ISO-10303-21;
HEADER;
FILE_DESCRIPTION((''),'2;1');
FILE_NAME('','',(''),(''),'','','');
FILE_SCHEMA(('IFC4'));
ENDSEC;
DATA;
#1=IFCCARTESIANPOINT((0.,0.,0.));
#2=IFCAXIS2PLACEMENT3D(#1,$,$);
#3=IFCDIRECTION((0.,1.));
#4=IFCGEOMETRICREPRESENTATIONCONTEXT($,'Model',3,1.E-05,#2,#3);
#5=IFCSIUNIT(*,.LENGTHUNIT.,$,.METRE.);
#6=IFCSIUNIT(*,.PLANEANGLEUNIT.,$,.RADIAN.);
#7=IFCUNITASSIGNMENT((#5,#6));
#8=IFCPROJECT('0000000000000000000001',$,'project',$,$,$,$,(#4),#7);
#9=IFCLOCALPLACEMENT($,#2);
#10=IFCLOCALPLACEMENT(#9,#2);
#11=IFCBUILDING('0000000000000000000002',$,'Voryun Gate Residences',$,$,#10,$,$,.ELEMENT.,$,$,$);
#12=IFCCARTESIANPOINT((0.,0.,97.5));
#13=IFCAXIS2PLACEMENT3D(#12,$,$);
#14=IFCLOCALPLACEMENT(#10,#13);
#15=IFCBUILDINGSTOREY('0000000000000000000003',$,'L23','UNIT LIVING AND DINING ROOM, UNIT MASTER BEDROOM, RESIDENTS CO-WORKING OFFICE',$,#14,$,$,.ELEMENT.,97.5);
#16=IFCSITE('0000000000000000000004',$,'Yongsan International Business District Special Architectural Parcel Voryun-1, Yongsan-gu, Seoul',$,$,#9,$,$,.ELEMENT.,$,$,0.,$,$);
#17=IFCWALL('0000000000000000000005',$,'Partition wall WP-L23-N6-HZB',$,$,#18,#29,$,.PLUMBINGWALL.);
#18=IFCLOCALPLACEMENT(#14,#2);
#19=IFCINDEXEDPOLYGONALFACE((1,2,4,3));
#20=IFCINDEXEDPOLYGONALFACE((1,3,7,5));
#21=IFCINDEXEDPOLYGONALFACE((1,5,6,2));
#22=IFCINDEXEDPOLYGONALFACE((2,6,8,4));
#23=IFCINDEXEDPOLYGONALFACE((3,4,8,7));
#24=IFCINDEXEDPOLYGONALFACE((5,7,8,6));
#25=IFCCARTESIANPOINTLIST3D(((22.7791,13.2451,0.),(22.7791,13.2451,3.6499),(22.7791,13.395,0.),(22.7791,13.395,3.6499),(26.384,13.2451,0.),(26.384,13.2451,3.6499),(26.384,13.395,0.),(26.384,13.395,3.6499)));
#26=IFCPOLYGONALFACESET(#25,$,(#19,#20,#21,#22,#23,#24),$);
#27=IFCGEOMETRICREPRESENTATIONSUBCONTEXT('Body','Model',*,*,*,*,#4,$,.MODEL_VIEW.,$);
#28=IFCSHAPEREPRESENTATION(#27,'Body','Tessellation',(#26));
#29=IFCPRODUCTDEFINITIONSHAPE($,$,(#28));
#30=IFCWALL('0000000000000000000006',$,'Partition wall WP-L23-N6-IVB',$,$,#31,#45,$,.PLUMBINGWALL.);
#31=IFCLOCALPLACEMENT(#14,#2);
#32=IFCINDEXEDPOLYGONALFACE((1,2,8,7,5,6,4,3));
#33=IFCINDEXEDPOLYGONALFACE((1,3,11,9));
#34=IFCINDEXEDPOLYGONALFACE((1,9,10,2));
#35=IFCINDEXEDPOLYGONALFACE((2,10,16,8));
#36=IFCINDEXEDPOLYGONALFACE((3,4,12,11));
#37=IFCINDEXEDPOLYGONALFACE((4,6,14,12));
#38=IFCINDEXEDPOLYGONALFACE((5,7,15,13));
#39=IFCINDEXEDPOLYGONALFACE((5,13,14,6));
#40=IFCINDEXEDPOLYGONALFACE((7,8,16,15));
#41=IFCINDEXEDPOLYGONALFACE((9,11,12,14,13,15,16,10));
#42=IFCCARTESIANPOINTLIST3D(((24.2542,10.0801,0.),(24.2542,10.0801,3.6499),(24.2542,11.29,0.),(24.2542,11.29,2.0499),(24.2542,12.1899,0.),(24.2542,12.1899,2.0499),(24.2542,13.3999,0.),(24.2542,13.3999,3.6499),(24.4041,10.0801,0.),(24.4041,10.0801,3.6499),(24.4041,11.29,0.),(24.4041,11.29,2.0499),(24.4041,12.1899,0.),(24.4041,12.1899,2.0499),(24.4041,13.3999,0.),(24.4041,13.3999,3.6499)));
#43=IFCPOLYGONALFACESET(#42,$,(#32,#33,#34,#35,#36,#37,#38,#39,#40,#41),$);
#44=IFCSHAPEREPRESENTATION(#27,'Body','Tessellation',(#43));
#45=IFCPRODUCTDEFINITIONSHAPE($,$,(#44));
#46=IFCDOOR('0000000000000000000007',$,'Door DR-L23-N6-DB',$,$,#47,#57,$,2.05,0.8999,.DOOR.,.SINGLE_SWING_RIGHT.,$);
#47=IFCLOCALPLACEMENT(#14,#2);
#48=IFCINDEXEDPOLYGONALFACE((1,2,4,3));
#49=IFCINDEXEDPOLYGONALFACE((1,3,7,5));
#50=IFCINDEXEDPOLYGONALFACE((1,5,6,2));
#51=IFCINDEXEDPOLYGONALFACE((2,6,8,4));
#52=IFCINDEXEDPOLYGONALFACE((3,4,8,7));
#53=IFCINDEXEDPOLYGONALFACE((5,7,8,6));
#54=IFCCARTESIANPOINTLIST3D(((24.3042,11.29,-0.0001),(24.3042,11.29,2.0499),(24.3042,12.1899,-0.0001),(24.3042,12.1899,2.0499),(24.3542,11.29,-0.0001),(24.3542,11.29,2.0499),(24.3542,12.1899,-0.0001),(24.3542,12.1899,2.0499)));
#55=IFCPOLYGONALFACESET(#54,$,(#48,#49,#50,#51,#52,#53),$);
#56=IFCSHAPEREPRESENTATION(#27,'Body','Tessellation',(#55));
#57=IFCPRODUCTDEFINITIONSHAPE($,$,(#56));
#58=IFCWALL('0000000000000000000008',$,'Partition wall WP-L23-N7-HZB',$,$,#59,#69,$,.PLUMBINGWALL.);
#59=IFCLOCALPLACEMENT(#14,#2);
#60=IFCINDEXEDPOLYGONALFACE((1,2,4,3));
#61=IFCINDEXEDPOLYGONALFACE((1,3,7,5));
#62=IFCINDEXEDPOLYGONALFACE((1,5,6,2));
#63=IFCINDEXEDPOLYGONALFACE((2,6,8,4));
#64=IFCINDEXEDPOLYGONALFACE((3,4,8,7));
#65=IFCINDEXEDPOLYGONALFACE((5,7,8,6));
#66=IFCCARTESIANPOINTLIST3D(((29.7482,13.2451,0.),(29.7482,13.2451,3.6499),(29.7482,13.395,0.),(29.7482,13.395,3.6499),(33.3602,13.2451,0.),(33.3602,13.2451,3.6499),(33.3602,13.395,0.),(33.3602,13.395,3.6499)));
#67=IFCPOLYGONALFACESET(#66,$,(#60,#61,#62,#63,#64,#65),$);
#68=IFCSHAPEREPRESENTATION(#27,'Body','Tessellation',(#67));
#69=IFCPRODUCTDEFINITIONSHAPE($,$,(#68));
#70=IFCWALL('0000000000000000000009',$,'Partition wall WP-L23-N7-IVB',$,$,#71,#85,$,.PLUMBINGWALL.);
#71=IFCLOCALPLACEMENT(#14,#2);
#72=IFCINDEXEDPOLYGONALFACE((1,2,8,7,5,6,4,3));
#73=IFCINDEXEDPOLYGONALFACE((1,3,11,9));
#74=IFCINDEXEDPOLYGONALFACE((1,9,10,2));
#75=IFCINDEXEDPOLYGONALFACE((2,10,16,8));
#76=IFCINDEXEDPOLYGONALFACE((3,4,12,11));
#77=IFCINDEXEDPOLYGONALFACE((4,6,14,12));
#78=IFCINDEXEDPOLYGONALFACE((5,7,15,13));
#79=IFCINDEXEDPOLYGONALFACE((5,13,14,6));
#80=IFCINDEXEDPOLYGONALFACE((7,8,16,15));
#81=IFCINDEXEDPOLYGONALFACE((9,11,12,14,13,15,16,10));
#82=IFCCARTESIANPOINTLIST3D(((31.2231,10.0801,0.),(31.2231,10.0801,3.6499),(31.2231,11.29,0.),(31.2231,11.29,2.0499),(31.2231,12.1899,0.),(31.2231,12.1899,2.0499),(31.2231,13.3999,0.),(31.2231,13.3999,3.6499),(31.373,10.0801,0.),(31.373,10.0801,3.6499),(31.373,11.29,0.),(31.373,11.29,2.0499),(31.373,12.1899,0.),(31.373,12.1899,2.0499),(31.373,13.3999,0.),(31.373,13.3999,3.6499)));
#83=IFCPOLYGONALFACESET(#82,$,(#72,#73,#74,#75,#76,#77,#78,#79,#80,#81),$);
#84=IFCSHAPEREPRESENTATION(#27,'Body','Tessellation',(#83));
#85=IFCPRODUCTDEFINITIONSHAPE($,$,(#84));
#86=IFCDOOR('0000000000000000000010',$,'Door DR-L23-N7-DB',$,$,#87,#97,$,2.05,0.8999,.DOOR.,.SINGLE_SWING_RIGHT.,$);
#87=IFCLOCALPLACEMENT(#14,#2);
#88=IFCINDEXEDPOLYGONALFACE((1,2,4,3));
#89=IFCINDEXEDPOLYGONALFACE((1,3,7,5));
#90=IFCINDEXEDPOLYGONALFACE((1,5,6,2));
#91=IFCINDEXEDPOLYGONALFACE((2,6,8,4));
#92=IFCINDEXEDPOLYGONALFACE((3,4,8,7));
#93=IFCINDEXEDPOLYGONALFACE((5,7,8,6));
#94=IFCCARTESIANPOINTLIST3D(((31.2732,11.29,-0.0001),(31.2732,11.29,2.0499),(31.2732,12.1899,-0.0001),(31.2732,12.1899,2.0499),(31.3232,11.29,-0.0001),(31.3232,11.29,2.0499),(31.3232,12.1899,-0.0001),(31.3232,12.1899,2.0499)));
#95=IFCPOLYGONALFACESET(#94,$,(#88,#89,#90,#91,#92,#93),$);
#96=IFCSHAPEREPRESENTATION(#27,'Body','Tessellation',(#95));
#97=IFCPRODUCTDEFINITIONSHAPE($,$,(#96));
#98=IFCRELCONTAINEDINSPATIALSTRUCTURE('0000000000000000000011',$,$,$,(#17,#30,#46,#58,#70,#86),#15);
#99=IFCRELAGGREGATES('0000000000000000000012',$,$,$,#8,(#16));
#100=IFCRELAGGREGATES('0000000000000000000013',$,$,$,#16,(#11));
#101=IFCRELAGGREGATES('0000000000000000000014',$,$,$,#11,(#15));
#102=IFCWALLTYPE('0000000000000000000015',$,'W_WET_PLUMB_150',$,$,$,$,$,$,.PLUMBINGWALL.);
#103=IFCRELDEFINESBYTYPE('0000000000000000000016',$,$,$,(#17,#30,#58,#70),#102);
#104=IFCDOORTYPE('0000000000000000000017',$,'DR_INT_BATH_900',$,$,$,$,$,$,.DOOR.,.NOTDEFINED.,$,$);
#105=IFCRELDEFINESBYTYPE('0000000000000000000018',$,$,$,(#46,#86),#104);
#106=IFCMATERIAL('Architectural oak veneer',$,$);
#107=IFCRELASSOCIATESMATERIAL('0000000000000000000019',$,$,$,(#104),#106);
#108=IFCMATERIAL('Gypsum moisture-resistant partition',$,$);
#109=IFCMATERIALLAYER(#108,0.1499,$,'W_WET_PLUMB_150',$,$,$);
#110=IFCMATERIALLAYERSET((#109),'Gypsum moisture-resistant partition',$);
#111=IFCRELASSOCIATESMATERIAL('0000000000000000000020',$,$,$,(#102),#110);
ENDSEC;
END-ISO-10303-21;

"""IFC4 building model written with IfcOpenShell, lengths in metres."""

from ifc_helpers import new_model, si_unit, direction, frame, frame_2d, origin, place, context, subcontext, project, spatial, rectangle, extrude, material, layer, layer_set, type_object, element, fill, save


model = new_model("IFC4")

# Units and contexts
model_context = context("Model", 3, precision=1e-05, world=origin(), true_north=direction((0.0, 1.0)))
body_context = subcontext(model_context, "Body", "Model", "MODEL_VIEW")
ifc_project = project(units=[si_unit("LENGTHUNIT", "METRE"), si_unit("PLANEANGLEUNIT", "RADIAN")], contexts=[model_context])

# Site, building, storey
site_placement = place(None, origin())
site = spatial("IfcSite", under=ifc_project, at=site_placement, Name="Yongsan International Business District Special Architectural Parcel Voryun-1, Yongsan-gu, Seoul", CompositionType="ELEMENT", RefElevation=0.0)
building_placement = place(site_placement, origin())
building = spatial("IfcBuilding", under=site, at=building_placement, Name="Voryun Gate Residences", CompositionType="ELEMENT")
storey_placement = place(building_placement, frame((0.0, 0.0, 97.5)))
storey = spatial("IfcBuildingStorey", under=building, at=storey_placement, Name="L23", Description="UNIT LIVING AND DINING ROOM, UNIT MASTER BEDROOM, RESIDENTS CO-WORKING OFFICE", CompositionType="ELEMENT", Elevation=97.5)

# Shared definitions
ifc_material_1 = material(Name="Architectural oak veneer")
door_type_1 = type_object("IfcDoorType", Name="DR_INT_BATH_900", OperationType="NOTDEFINED", PredefinedType="DOOR", material=ifc_material_1)

# Wall
ifc_material_2 = material(Name="Gypsum moisture-resistant partition")
ifc_layer_1 = layer(ifc_material_2, 0.1499, Name="W_WET_PLUMB_150")
ifc_layer_set_1 = layer_set([ifc_layer_1], Name="Gypsum moisture-resistant partition")
wall_type_1 = type_object("IfcWallType", Name="W_WET_PLUMB_150", PredefinedType="PLUMBINGWALL", material=ifc_layer_set_1)
wall_1_placement = place(storey_placement, frame((22.7791, 13.3201, 0.0), z_axis=(0.0, 0.0, 1.0), x_axis=(1.0, 0.0, 0.0)))
element("IfcWall", 1, at=wall_1_placement, inside=storey, type_object=wall_type_1, Name="Partition wall WP-L23-N6-HZB", PredefinedType="PLUMBINGWALL", context=body_context, shape_type="SweptSolid", body=[
    extrude(rectangle(XDim=3.605, YDim=0.1499, at=frame_2d((1.8025, 0.0))), origin(), (0.0, 0.0, 1.0), 3.6499),
])

# Wall, opening, door
wall_2_placement = place(storey_placement, frame((24.3291, 10.0801, 0.0), z_axis=(0.0, 0.0, 1.0), x_axis=(0.0, 1.0, 0.0)))
wall_2 = element("IfcWall", 2, at=wall_2_placement, inside=storey, type_object=wall_type_1, Name="Partition wall WP-L23-N6-IVB", PredefinedType="PLUMBINGWALL", context=body_context, shape_type="SweptSolid", body=[
    extrude(rectangle(XDim=3.3198, YDim=0.1499, at=frame_2d((1.6599, 0.0))), origin(), (0.0, 0.0, 1.0), 3.6499),
])
opening_1_placement = place(wall_2_placement, frame((1.21, 0.0, 0.0)))
opening_1 = element("IfcOpeningElement", 3, at=opening_1_placement, cuts=wall_2, PredefinedType="OPENING", context=body_context, shape_type="SweptSolid", body=[
    extrude(rectangle(XDim=0.8999, YDim=2.05, at=frame_2d((0.45, 1.0249))), frame((0.0, 0.085, 0.0), z_axis=(0.0, -1.0, 0.0), x_axis=(1.0, 0.0, 0.0)), (0.0, 0.0, 1.0), 0.1699),
])
door_1_placement = place(opening_1_placement, origin())
door_1 = element("IfcDoor", 4, at=door_1_placement, inside=storey, type_object=door_type_1, Name="Door DR-L23-N6-DB", OperationType="SINGLE_SWING_RIGHT", OverallHeight=2.05, OverallWidth=0.8999, PredefinedType="DOOR", context=body_context, shape_type="SweptSolid", body=[
    extrude(rectangle(XDim=0.8999, YDim=2.05, at=frame_2d((0.45, 1.0249))), frame((0.0, 0.0249, 0.0), z_axis=(0.0, -1.0, 0.0), x_axis=(1.0, 0.0, 0.0)), (0.0, 0.0, 1.0), 0.05),
])
fill(opening_1, door_1)

# Wall
wall_3_placement = place(storey_placement, frame((29.748, 13.3201, 0.0), z_axis=(0.0, 0.0, 1.0), x_axis=(1.0, 0.0, 0.0)))
element("IfcWall", 5, at=wall_3_placement, inside=storey, type_object=wall_type_1, Name="Partition wall WP-L23-N7-HZB", PredefinedType="PLUMBINGWALL", context=body_context, shape_type="SweptSolid", body=[
    extrude(rectangle(XDim=3.6121, YDim=0.1499, at=frame_2d((1.8062, 0.0))), origin(), (0.0, 0.0, 1.0), 3.6499),
])

# Wall, opening, door
wall_4_placement = place(storey_placement, frame((31.2981, 10.0801, 0.0), z_axis=(0.0, 0.0, 1.0), x_axis=(0.0, 1.0, 0.0)))
wall_4 = element("IfcWall", 6, at=wall_4_placement, inside=storey, type_object=wall_type_1, Name="Partition wall WP-L23-N7-IVB", PredefinedType="PLUMBINGWALL", context=body_context, shape_type="SweptSolid", body=[
    extrude(rectangle(XDim=3.3198, YDim=0.1499, at=frame_2d((1.6599, 0.0))), origin(), (0.0, 0.0, 1.0), 3.6499),
])
opening_2_placement = place(wall_4_placement, frame((1.21, 0.0, 0.0)))
opening_2 = element("IfcOpeningElement", 7, at=opening_2_placement, cuts=wall_4, PredefinedType="OPENING", context=body_context, shape_type="SweptSolid", body=[
    extrude(rectangle(XDim=0.8999, YDim=2.05, at=frame_2d((0.45, 1.0249))), frame((0.0, 0.085, 0.0), z_axis=(0.0, -1.0, 0.0), x_axis=(1.0, 0.0, 0.0)), (0.0, 0.0, 1.0), 0.1699),
])
door_2_placement = place(opening_2_placement, origin())
door_2 = element("IfcDoor", 8, at=door_2_placement, inside=storey, type_object=door_type_1, Name="Door DR-L23-N7-DB", OperationType="SINGLE_SWING_RIGHT", OverallHeight=2.05, OverallWidth=0.8999, PredefinedType="DOOR", context=body_context, shape_type="SweptSolid", body=[
    extrude(rectangle(XDim=0.8999, YDim=2.05, at=frame_2d((0.45, 1.0249))), frame((0.0, 0.0249, 0.0), z_axis=(0.0, -1.0, 0.0), x_axis=(1.0, 0.0, 0.0)), (0.0, 0.0, 1.0), 0.05),
])
fill(opening_2, door_2)

save(model, "model.ifc")
